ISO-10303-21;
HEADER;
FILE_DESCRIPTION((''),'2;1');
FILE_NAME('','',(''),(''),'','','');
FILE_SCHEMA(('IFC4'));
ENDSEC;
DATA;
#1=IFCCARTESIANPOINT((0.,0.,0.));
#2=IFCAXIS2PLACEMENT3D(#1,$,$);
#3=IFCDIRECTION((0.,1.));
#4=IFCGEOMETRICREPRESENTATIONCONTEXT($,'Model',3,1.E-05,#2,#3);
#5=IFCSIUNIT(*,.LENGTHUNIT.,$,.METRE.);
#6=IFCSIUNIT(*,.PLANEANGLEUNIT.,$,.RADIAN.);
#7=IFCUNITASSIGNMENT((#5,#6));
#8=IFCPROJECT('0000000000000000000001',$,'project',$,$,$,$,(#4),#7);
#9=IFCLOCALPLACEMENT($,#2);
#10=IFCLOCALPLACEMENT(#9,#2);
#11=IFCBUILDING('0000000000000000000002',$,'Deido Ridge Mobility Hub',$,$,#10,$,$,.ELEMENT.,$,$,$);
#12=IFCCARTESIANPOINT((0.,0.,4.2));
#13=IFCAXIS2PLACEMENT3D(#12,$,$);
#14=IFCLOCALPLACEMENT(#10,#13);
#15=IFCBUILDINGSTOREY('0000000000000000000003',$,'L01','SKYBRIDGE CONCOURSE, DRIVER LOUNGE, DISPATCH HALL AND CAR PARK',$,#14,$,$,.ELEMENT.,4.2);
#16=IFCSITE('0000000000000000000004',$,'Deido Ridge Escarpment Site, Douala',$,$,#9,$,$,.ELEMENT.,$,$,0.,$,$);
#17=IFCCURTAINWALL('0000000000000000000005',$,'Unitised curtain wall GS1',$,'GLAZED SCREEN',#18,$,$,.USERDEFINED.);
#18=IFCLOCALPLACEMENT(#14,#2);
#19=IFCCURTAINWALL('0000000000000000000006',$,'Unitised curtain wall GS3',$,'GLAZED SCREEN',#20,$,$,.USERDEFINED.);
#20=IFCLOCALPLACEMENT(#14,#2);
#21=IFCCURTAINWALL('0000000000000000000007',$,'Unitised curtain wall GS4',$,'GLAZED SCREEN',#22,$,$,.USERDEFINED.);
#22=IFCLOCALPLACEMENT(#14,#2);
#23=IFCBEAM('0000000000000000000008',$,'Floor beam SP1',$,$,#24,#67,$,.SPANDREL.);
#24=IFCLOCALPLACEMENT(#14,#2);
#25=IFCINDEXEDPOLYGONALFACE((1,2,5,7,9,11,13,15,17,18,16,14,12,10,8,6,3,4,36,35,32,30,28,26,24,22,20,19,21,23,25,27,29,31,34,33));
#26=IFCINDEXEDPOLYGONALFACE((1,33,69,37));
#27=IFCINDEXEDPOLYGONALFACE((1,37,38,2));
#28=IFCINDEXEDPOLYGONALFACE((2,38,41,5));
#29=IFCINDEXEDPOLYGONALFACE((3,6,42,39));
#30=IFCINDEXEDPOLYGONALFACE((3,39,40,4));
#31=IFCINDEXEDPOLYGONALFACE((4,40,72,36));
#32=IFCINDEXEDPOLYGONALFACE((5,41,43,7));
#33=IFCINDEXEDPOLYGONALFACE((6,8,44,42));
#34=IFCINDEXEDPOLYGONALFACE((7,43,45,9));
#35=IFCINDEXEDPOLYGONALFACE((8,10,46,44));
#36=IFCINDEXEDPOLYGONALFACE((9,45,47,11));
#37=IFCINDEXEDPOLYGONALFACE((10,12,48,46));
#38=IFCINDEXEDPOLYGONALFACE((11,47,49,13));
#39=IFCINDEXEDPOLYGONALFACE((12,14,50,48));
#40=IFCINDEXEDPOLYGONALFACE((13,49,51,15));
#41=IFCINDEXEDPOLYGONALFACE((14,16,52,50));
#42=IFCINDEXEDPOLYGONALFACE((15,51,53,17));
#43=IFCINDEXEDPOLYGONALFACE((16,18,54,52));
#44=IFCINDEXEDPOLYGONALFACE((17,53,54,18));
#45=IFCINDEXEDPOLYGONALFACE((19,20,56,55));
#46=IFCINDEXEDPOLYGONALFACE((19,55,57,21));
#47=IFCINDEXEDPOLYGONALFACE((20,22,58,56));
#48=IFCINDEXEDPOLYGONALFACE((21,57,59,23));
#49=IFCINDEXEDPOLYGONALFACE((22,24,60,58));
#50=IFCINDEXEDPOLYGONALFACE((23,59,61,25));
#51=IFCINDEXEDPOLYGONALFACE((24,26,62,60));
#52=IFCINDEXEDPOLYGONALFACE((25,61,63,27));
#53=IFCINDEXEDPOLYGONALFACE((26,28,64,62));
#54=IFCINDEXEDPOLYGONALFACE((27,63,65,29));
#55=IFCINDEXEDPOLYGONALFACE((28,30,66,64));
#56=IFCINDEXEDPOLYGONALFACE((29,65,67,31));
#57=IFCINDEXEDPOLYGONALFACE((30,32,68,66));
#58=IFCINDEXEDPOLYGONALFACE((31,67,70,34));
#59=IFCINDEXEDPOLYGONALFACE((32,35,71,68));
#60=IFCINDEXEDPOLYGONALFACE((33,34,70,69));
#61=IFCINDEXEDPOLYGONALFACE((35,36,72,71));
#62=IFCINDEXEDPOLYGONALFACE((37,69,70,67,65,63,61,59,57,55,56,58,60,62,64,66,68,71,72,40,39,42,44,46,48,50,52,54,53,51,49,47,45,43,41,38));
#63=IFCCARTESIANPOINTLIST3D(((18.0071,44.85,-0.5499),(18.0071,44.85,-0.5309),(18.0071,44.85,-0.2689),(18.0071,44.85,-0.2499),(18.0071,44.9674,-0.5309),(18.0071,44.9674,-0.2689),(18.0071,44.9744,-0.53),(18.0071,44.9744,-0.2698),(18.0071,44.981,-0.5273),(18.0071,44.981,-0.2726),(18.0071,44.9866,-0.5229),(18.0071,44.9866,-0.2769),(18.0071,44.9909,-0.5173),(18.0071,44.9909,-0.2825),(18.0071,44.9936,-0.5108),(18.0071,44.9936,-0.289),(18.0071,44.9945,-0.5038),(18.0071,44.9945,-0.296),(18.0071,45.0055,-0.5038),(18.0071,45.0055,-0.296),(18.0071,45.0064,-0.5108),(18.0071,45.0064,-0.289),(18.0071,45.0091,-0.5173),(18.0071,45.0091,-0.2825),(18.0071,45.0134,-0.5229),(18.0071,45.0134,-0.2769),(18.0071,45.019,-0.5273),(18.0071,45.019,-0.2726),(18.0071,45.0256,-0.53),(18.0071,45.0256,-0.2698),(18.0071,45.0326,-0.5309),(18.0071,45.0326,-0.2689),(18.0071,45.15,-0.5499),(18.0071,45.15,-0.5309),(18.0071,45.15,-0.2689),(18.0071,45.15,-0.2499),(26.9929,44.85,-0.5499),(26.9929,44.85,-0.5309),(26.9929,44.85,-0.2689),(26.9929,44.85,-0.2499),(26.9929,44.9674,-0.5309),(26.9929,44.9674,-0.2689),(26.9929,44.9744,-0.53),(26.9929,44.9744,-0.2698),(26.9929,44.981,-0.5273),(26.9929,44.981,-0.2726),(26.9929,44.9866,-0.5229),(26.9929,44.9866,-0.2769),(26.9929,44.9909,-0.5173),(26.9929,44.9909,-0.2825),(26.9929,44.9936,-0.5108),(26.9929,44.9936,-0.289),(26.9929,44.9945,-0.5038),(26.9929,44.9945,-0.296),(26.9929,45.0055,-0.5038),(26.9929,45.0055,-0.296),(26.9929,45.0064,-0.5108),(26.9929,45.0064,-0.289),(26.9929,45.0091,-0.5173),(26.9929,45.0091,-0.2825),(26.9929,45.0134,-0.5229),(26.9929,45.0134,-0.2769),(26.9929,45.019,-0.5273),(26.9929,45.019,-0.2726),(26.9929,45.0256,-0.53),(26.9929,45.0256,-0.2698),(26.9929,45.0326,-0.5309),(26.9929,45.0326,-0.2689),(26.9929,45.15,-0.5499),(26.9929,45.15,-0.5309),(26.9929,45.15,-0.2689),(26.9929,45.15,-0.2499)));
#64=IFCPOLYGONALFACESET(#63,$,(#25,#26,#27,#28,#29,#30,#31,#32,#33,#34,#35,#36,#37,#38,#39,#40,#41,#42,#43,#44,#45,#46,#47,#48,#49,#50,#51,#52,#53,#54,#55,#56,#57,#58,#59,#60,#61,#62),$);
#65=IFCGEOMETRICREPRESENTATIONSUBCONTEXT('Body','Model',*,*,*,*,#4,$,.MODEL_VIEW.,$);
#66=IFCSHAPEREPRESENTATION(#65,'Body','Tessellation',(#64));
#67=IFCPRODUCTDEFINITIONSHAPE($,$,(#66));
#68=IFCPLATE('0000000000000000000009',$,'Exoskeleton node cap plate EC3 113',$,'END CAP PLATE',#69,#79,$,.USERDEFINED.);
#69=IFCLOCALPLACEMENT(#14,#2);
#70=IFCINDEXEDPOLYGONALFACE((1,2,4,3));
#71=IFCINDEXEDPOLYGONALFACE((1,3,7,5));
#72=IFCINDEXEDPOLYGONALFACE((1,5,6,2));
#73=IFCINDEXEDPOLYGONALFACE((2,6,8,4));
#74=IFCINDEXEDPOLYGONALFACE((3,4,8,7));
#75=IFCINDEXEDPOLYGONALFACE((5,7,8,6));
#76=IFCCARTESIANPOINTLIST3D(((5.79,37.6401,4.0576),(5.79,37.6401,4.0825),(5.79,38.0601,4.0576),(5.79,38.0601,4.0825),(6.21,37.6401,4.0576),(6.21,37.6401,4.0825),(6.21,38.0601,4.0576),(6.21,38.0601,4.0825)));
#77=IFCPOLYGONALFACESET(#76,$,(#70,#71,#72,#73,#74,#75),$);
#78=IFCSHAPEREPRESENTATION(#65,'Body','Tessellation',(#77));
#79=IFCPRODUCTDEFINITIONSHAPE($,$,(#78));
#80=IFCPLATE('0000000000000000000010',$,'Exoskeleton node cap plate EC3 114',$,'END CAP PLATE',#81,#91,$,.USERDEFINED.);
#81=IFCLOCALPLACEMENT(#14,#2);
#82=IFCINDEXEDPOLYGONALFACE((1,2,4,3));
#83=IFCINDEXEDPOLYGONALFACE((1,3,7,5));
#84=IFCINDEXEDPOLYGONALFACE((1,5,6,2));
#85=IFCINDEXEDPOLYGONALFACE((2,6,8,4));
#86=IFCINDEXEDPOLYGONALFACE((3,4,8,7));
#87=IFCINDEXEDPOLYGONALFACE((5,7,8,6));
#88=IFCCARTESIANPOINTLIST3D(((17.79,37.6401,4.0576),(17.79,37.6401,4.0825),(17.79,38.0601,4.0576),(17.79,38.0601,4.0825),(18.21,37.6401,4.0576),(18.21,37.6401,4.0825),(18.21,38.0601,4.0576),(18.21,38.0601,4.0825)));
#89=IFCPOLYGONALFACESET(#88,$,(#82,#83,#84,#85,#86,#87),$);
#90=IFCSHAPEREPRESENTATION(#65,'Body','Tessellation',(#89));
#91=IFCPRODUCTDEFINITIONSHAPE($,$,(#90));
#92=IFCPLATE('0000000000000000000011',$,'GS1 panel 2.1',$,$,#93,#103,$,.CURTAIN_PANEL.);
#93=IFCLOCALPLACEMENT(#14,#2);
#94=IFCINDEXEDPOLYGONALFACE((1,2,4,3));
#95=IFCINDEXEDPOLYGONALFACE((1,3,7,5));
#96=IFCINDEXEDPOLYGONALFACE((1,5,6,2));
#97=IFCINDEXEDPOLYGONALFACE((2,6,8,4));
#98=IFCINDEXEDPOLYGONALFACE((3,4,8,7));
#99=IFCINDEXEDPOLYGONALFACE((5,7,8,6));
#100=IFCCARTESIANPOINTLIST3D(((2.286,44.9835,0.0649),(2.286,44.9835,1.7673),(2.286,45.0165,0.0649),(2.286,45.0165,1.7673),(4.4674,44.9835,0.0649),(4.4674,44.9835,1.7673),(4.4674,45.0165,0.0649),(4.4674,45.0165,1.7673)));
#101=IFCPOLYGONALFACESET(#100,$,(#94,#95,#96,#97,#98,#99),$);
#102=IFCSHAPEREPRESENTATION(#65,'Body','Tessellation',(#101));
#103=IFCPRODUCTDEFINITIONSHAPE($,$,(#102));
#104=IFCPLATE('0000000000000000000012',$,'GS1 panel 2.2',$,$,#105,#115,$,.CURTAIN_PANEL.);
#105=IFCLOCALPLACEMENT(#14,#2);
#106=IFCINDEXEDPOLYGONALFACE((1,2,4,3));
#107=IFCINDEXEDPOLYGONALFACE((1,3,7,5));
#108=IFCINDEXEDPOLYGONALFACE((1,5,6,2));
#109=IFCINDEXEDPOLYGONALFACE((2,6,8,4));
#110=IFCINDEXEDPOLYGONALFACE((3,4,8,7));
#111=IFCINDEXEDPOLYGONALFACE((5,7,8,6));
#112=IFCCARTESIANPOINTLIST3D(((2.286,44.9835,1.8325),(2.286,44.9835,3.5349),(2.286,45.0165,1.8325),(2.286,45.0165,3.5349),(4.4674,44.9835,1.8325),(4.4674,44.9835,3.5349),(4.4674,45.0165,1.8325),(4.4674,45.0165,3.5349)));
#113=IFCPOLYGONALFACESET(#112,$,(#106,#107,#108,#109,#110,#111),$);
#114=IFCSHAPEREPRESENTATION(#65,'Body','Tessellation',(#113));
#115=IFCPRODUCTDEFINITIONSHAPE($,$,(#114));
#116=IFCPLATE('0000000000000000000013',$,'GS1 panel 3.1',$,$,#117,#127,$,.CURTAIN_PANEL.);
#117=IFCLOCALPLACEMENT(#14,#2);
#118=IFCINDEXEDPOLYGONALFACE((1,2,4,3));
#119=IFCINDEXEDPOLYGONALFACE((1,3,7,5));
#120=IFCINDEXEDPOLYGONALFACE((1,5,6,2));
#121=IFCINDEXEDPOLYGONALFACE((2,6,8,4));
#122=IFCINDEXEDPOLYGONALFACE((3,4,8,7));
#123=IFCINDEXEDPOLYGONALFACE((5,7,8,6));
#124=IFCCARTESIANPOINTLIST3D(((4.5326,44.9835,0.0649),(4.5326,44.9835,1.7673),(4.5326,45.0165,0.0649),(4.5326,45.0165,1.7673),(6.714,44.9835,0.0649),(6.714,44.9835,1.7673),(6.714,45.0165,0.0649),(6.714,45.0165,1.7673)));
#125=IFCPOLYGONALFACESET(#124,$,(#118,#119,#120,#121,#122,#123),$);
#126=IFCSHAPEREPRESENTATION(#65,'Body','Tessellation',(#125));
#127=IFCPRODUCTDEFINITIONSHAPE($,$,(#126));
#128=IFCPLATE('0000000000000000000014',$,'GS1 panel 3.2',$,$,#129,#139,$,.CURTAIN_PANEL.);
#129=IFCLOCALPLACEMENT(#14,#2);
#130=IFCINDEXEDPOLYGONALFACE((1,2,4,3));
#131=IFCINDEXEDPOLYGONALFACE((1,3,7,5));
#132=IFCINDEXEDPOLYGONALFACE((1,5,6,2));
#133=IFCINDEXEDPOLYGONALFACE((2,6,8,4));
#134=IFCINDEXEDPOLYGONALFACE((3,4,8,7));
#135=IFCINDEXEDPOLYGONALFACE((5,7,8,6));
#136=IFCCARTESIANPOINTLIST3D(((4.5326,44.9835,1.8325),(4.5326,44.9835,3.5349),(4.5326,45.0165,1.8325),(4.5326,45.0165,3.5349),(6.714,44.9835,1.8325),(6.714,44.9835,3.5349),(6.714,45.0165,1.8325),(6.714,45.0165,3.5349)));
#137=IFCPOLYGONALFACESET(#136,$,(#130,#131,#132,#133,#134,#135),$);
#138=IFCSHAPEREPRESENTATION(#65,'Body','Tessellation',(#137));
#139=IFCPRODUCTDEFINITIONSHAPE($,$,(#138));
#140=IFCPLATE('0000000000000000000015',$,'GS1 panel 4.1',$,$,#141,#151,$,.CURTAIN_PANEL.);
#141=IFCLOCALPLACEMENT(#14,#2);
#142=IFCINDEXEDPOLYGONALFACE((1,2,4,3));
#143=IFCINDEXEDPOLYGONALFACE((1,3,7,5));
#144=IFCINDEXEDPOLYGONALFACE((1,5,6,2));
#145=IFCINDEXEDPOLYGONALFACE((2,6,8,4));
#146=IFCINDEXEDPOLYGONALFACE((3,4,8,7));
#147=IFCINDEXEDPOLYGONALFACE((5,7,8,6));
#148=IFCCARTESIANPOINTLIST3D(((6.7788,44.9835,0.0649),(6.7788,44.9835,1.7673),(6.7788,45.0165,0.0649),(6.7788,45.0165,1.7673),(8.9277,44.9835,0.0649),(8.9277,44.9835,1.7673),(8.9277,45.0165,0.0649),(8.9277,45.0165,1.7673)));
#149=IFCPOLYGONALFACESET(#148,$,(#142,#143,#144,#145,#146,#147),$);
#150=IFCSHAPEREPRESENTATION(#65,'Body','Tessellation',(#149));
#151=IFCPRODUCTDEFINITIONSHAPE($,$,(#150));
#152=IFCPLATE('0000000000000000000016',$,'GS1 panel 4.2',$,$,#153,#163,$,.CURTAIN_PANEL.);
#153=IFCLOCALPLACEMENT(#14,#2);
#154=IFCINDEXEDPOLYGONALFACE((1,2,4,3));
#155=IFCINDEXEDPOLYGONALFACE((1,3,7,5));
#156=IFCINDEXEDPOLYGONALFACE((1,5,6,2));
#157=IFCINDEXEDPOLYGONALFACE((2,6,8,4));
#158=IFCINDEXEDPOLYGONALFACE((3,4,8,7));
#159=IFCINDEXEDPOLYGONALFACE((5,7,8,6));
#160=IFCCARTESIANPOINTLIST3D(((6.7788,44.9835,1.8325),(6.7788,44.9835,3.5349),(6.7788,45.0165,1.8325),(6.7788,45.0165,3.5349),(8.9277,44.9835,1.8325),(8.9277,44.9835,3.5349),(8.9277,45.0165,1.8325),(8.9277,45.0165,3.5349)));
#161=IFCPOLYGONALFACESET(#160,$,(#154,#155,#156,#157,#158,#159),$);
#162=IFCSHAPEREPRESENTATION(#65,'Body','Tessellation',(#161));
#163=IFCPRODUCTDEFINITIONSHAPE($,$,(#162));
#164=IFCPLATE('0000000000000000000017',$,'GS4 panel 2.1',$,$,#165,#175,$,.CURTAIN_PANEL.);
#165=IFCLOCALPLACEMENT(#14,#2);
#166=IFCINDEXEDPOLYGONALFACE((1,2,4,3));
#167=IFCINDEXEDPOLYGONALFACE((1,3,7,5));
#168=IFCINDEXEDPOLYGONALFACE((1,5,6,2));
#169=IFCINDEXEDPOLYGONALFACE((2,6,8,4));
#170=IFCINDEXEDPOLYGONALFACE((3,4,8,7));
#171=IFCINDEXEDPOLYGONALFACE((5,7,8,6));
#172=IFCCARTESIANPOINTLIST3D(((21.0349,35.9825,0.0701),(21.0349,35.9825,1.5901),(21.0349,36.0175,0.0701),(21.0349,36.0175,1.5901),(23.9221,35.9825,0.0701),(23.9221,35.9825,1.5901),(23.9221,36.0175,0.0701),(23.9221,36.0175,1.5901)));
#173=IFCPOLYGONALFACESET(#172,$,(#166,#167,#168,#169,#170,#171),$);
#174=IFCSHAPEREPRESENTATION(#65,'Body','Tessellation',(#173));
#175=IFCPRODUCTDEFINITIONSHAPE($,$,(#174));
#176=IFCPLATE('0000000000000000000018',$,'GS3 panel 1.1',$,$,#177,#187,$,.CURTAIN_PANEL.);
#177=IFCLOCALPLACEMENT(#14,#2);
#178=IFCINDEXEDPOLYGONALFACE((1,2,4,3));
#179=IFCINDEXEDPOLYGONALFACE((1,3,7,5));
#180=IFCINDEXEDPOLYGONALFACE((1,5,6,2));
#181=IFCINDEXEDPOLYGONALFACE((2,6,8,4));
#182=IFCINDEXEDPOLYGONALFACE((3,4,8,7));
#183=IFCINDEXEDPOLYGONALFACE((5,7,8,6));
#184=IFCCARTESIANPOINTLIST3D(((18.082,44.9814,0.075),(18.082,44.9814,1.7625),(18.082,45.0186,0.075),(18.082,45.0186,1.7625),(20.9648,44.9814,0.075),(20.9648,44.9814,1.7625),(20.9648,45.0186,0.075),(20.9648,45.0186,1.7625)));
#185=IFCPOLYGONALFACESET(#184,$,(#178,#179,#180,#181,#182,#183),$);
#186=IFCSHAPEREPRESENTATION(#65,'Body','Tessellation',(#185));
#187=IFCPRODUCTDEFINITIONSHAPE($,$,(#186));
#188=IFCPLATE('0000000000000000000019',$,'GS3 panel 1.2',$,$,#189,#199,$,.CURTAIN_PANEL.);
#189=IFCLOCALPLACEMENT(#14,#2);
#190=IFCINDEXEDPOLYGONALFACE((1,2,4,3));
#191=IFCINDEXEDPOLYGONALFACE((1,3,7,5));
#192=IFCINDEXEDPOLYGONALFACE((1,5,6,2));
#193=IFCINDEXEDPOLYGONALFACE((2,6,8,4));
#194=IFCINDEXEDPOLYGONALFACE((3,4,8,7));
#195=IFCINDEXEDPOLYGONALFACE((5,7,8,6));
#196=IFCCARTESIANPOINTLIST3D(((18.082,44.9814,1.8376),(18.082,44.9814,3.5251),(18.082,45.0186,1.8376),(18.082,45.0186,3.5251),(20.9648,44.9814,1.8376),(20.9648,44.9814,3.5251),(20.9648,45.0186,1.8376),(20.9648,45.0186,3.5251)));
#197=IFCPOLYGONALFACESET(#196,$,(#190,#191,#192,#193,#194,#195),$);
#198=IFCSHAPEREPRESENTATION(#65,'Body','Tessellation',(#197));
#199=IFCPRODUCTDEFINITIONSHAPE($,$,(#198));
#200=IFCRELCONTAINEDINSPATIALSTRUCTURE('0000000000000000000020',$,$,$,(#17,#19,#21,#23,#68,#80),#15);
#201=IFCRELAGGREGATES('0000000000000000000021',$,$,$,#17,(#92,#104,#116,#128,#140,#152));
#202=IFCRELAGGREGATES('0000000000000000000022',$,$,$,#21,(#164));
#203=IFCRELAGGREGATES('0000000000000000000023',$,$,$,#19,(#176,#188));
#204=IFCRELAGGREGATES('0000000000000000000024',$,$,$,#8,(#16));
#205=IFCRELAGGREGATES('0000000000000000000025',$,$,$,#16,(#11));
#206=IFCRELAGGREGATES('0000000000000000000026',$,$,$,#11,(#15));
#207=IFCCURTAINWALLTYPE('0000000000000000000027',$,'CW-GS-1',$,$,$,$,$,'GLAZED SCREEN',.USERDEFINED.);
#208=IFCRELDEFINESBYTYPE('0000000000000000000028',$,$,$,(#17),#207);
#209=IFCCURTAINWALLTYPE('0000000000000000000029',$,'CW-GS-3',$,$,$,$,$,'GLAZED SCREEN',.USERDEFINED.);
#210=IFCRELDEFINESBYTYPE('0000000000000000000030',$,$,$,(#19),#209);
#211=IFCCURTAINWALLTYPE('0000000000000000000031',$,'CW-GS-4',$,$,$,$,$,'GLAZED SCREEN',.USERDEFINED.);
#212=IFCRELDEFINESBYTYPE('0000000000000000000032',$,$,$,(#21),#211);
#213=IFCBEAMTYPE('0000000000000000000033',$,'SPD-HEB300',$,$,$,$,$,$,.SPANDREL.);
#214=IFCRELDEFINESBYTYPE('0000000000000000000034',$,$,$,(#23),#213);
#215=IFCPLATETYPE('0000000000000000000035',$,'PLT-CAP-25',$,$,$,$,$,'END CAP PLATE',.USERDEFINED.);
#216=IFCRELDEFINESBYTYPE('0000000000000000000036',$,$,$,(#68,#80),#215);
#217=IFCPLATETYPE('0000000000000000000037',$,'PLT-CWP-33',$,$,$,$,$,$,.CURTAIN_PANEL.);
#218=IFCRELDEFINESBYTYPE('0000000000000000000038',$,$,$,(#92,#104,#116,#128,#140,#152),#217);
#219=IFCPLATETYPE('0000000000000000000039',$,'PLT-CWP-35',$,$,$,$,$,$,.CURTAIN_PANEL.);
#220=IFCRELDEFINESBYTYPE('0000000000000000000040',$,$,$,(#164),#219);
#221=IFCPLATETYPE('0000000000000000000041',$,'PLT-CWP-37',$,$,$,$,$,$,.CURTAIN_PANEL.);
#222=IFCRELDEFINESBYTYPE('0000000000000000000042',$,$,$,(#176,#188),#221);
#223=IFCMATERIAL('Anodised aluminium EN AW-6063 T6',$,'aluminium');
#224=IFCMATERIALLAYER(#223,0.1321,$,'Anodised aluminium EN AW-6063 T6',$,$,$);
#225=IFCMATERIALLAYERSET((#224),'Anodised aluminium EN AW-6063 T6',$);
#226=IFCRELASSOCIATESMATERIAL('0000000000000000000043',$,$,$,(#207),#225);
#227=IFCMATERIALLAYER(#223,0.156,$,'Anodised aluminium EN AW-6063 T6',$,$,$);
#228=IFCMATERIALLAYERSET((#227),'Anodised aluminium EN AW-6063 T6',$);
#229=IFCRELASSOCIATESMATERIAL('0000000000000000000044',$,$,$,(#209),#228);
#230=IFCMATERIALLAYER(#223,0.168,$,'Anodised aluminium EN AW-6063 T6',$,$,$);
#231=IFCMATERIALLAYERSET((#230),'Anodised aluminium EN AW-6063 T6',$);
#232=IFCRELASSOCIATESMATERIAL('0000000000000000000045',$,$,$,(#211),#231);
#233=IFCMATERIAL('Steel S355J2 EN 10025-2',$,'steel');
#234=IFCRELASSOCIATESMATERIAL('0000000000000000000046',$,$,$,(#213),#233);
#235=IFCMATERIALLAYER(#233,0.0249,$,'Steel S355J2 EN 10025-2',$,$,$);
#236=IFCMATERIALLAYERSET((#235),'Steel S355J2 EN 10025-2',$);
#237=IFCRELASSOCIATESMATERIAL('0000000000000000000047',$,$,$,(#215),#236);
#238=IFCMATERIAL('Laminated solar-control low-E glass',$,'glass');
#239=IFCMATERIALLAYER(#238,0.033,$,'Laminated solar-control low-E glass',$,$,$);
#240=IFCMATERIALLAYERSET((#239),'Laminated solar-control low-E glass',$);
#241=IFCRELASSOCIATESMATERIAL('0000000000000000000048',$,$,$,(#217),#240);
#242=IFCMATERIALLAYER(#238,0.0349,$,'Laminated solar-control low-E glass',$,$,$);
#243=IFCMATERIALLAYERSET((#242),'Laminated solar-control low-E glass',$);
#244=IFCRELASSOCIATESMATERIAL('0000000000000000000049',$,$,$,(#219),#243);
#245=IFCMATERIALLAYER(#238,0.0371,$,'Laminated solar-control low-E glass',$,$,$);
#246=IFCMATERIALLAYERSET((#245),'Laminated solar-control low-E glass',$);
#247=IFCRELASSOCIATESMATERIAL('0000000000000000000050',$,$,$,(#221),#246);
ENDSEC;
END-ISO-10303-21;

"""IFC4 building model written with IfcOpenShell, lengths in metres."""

from ifc_helpers import new_model, si_unit, direction, frame, origin, origin_2d, place, context, subcontext, project, spatial, rectangle, i_section, extrude, material, layer, layer_set, material_profile, profile_set, type_object, element, aggregate, save


model = new_model("IFC4")

# Units and contexts
model_context = context("Model", 3, precision=1e-05, world=origin(), true_north=direction((0.0, 1.0)))
body_context = subcontext(model_context, "Body", "Model", "MODEL_VIEW")
ifc_project = project(units=[si_unit("LENGTHUNIT", "METRE"), si_unit("PLANEANGLEUNIT", "RADIAN")], contexts=[model_context])

# Site, building, storey
site_placement = place(None, origin())
site = spatial("IfcSite", under=ifc_project, at=site_placement, Name="Deido Ridge Escarpment Site, Douala", CompositionType="ELEMENT", RefElevation=0.0)
building_placement = place(site_placement, origin())
building = spatial("IfcBuilding", under=site, at=building_placement, Name="Deido Ridge Mobility Hub", CompositionType="ELEMENT")
storey_placement = place(building_placement, frame((0.0, 0.0, 4.2)))
storey = spatial("IfcBuildingStorey", under=building, at=storey_placement, Name="L01", Description="SKYBRIDGE CONCOURSE, DRIVER LOUNGE, DISPATCH HALL AND CAR PARK", CompositionType="ELEMENT", Elevation=4.2)

# Shared definitions
ifc_material_1 = material(Name="Steel S355J2 EN 10025-2", Category="steel")

# Curtain walls
ifc_material_2 = material(Name="Anodised aluminium EN AW-6063 T6", Category="aluminium")
ifc_layer_1 = layer(ifc_material_2, 0.1321, Name="Anodised aluminium EN AW-6063 T6")
ifc_layer_set_1 = layer_set([ifc_layer_1], Name="Anodised aluminium EN AW-6063 T6")
curtain_wall_type_1 = type_object("IfcCurtainWallType", Name="CW-GS-1", ElementType="GLAZED SCREEN", PredefinedType="USERDEFINED", material=ifc_layer_set_1)
curtain_wall_1_placement = place(storey_placement, origin())
curtain_wall_1 = element("IfcCurtainWall", 1, at=curtain_wall_1_placement, inside=storey, type_object=curtain_wall_type_1, Name="Unitised curtain wall GS1", ObjectType="GLAZED SCREEN", PredefinedType="USERDEFINED")
ifc_layer_2 = layer(ifc_material_2, 0.156, Name="Anodised aluminium EN AW-6063 T6")
ifc_layer_set_2 = layer_set([ifc_layer_2], Name="Anodised aluminium EN AW-6063 T6")
curtain_wall_type_2 = type_object("IfcCurtainWallType", Name="CW-GS-3", ElementType="GLAZED SCREEN", PredefinedType="USERDEFINED", material=ifc_layer_set_2)
curtain_wall_2_placement = place(storey_placement, origin())
curtain_wall_2 = element("IfcCurtainWall", 2, at=curtain_wall_2_placement, inside=storey, type_object=curtain_wall_type_2, Name="Unitised curtain wall GS3", ObjectType="GLAZED SCREEN", PredefinedType="USERDEFINED")

# Curtain wall
ifc_layer_3 = layer(ifc_material_2, 0.168, Name="Anodised aluminium EN AW-6063 T6")
ifc_layer_set_3 = layer_set([ifc_layer_3], Name="Anodised aluminium EN AW-6063 T6")
curtain_wall_type_3 = type_object("IfcCurtainWallType", Name="CW-GS-4", ElementType="GLAZED SCREEN", PredefinedType="USERDEFINED", material=ifc_layer_set_3)
curtain_wall_3_placement = place(storey_placement, origin())
curtain_wall_3 = element("IfcCurtainWall", 3, at=curtain_wall_3_placement, inside=storey, type_object=curtain_wall_type_3, Name="Unitised curtain wall GS4", ObjectType="GLAZED SCREEN", PredefinedType="USERDEFINED")

# Beam
ifc_material_profile_1 = material_profile(ifc_material_1, i_section(OverallWidth=0.3, OverallDepth=0.3, WebThickness=0.011, FlangeThickness=0.019, FilletRadius=0.0271, at=origin_2d()), Name="HEB 300")
ifc_profile_set_1 = profile_set([ifc_material_profile_1], Name="Steel S355J2 EN 10025-2")
beam_type_1 = type_object("IfcBeamType", Name="SPD-HEB300", PredefinedType="SPANDREL", material=ifc_profile_set_1)
beam_1_placement = place(storey_placement, frame((18.0071, 45.0, -0.3999), z_axis=(1.0, 0.0, 0.0), x_axis=(0.0, 1.0, 0.0)))
element("IfcBeam", 4, at=beam_1_placement, inside=storey, type_object=beam_type_1, Name="Floor beam SP1", PredefinedType="SPANDREL", context=body_context, shape_type="SweptSolid", body=[
    extrude(i_section(OverallWidth=0.3, OverallDepth=0.3, WebThickness=0.011, FlangeThickness=0.019, FilletRadius=0.0271, at=origin_2d()), origin(), (0.0, 0.0, 1.0), 8.9858),
])

# Plates
ifc_layer_4 = layer(ifc_material_1, 0.0249, Name="Steel S355J2 EN 10025-2")
ifc_layer_set_4 = layer_set([ifc_layer_4], Name="Steel S355J2 EN 10025-2")
plate_type_1 = type_object("IfcPlateType", Name="PLT-CAP-25", ElementType="END CAP PLATE", PredefinedType="USERDEFINED", material=ifc_layer_set_4)
for number, where, z_axis, x_axis, name in (
    (5, (6.0, 37.8501, 4.0576), (0.0, 0.0, 1.0), (1.0, 0.0, 0.0), "Exoskeleton node cap plate EC3 113"),
    (6, (18.0, 37.8501, 4.0576), (0.0, 0.0, 1.0), (1.0, 0.0, 0.0), "Exoskeleton node cap plate EC3 114"),
):
    element("IfcPlate", number, at=place(storey_placement, frame(where, z_axis=z_axis, x_axis=x_axis)), inside=storey, type_object=plate_type_1, Name=name, ObjectType="END CAP PLATE", PredefinedType="USERDEFINED", context=body_context, shape_type="SweptSolid", body=[
        extrude(rectangle(XDim=0.4199, YDim=0.4199, at=origin_2d()), origin(), (0.0, 0.0, 1.0), 0.0249),
    ])

# Plates
ifc_material_3 = material(Name="Laminated solar-control low-E glass", Category="glass")
ifc_layer_5 = layer(ifc_material_3, 0.033, Name="Laminated solar-control low-E glass")
ifc_layer_set_5 = layer_set([ifc_layer_5], Name="Laminated solar-control low-E glass")
plate_type_2 = type_object("IfcPlateType", Name="PLT-CWP-33", PredefinedType="CURTAIN_PANEL", material=ifc_layer_set_5)
plate_1_placement = place(storey_placement, frame((3.3767, 45.0, 0.0649), z_axis=(0.0, 0.0, 1.0), x_axis=(1.0, 0.0, 0.0)))
plate_1 = element("IfcPlate", 7, at=plate_1_placement, type_object=plate_type_2, Name="GS1 panel 2.1", PredefinedType="CURTAIN_PANEL", context=body_context, shape_type="SweptSolid", body=[
    extrude(rectangle(XDim=2.1814, YDim=0.033, at=origin_2d()), origin(), (0.0, 0.0, 1.0), 1.7024),
])
plate_2_placement = place(storey_placement, frame((3.3767, 45.0, 1.8325), z_axis=(0.0, 0.0, 1.0), x_axis=(1.0, 0.0, 0.0)))
plate_2 = element("IfcPlate", 8, at=plate_2_placement, type_object=plate_type_2, Name="GS1 panel 2.2", PredefinedType="CURTAIN_PANEL", context=body_context, shape_type="SweptSolid", body=[
    extrude(rectangle(XDim=2.1814, YDim=0.033, at=origin_2d()), origin(), (0.0, 0.0, 1.0), 1.7024),
])
plate_3_placement = place(storey_placement, frame((5.6233, 45.0, 0.0649), z_axis=(0.0, 0.0, 1.0), x_axis=(1.0, 0.0, 0.0)))
plate_3 = element("IfcPlate", 9, at=plate_3_placement, type_object=plate_type_2, Name="GS1 panel 3.1", PredefinedType="CURTAIN_PANEL", context=body_context, shape_type="SweptSolid", body=[
    extrude(rectangle(XDim=2.1814, YDim=0.033, at=origin_2d()), origin(), (0.0, 0.0, 1.0), 1.7024),
])
plate_4_placement = place(storey_placement, frame((5.6233, 45.0, 1.8325), z_axis=(0.0, 0.0, 1.0), x_axis=(1.0, 0.0, 0.0)))
plate_4 = element("IfcPlate", 10, at=plate_4_placement, type_object=plate_type_2, Name="GS1 panel 3.2", PredefinedType="CURTAIN_PANEL", context=body_context, shape_type="SweptSolid", body=[
    extrude(rectangle(XDim=2.1814, YDim=0.033, at=origin_2d()), origin(), (0.0, 0.0, 1.0), 1.7024),
])
plate_5_placement = place(storey_placement, frame((7.8533, 45.0, 0.0649), z_axis=(0.0, 0.0, 1.0), x_axis=(1.0, 0.0, 0.0)))
plate_5 = element("IfcPlate", 11, at=plate_5_placement, type_object=plate_type_2, Name="GS1 panel 4.1", PredefinedType="CURTAIN_PANEL", context=body_context, shape_type="SweptSolid", body=[
    extrude(rectangle(XDim=2.1489, YDim=0.033, at=origin_2d()), origin(), (0.0, 0.0, 1.0), 1.7024),
])
plate_6_placement = place(storey_placement, frame((7.8533, 45.0, 1.8325), z_axis=(0.0, 0.0, 1.0), x_axis=(1.0, 0.0, 0.0)))
plate_6 = element("IfcPlate", 12, at=plate_6_placement, type_object=plate_type_2, Name="GS1 panel 4.2", PredefinedType="CURTAIN_PANEL", context=body_context, shape_type="SweptSolid", body=[
    extrude(rectangle(XDim=2.1489, YDim=0.033, at=origin_2d()), origin(), (0.0, 0.0, 1.0), 1.7024),
])
aggregate(curtain_wall_1, [plate_1, plate_2, plate_3, plate_4, plate_5, plate_6])
ifc_layer_6 = layer(ifc_material_3, 0.0349, Name="Laminated solar-control low-E glass")
ifc_layer_set_6 = layer_set([ifc_layer_6], Name="Laminated solar-control low-E glass")
plate_type_3 = type_object("IfcPlateType", Name="PLT-CWP-35", PredefinedType="CURTAIN_PANEL", material=ifc_layer_set_6)
plate_7_placement = place(storey_placement, frame((22.4785, 36.0, 0.0701), z_axis=(0.0, 0.0, 1.0), x_axis=(1.0, 0.0, 0.0)))
plate_7 = element("IfcPlate", 13, at=plate_7_placement, type_object=plate_type_3, Name="GS4 panel 2.1", PredefinedType="CURTAIN_PANEL", context=body_context, shape_type="SweptSolid", body=[
    extrude(rectangle(XDim=2.8872, YDim=0.0349, at=origin_2d()), origin(), (0.0, 0.0, 1.0), 1.52),
])
aggregate(curtain_wall_3, [plate_7])
ifc_layer_7 = layer(ifc_material_3, 0.0371, Name="Laminated solar-control low-E glass")
ifc_layer_set_7 = layer_set([ifc_layer_7], Name="Laminated solar-control low-E glass")
plate_type_4 = type_object("IfcPlateType", Name="PLT-CWP-37", PredefinedType="CURTAIN_PANEL", material=ifc_layer_set_7)
plate_8_placement = place(storey_placement, frame((19.5234, 45.0, 0.075), z_axis=(0.0, 0.0, 1.0), x_axis=(1.0, 0.0, 0.0)))
plate_8 = element("IfcPlate", 14, at=plate_8_placement, type_object=plate_type_4, Name="GS3 panel 1.1", PredefinedType="CURTAIN_PANEL", context=body_context, shape_type="SweptSolid", body=[
    extrude(rectangle(XDim=2.8828, YDim=0.0371, at=origin_2d()), origin(), (0.0, 0.0, 1.0), 1.6875),
])
plate_9_placement = place(storey_placement, frame((19.5234, 45.0, 1.8376), z_axis=(0.0, 0.0, 1.0), x_axis=(1.0, 0.0, 0.0)))
plate_9 = element("IfcPlate", 15, at=plate_9_placement, type_object=plate_type_4, Name="GS3 panel 1.2", PredefinedType="CURTAIN_PANEL", context=body_context, shape_type="SweptSolid", body=[
    extrude(rectangle(XDim=2.8828, YDim=0.0371, at=origin_2d()), origin(), (0.0, 0.0, 1.0), 1.6875),
])
aggregate(curtain_wall_2, [plate_8, plate_9])

save(model, "model.ifc")
